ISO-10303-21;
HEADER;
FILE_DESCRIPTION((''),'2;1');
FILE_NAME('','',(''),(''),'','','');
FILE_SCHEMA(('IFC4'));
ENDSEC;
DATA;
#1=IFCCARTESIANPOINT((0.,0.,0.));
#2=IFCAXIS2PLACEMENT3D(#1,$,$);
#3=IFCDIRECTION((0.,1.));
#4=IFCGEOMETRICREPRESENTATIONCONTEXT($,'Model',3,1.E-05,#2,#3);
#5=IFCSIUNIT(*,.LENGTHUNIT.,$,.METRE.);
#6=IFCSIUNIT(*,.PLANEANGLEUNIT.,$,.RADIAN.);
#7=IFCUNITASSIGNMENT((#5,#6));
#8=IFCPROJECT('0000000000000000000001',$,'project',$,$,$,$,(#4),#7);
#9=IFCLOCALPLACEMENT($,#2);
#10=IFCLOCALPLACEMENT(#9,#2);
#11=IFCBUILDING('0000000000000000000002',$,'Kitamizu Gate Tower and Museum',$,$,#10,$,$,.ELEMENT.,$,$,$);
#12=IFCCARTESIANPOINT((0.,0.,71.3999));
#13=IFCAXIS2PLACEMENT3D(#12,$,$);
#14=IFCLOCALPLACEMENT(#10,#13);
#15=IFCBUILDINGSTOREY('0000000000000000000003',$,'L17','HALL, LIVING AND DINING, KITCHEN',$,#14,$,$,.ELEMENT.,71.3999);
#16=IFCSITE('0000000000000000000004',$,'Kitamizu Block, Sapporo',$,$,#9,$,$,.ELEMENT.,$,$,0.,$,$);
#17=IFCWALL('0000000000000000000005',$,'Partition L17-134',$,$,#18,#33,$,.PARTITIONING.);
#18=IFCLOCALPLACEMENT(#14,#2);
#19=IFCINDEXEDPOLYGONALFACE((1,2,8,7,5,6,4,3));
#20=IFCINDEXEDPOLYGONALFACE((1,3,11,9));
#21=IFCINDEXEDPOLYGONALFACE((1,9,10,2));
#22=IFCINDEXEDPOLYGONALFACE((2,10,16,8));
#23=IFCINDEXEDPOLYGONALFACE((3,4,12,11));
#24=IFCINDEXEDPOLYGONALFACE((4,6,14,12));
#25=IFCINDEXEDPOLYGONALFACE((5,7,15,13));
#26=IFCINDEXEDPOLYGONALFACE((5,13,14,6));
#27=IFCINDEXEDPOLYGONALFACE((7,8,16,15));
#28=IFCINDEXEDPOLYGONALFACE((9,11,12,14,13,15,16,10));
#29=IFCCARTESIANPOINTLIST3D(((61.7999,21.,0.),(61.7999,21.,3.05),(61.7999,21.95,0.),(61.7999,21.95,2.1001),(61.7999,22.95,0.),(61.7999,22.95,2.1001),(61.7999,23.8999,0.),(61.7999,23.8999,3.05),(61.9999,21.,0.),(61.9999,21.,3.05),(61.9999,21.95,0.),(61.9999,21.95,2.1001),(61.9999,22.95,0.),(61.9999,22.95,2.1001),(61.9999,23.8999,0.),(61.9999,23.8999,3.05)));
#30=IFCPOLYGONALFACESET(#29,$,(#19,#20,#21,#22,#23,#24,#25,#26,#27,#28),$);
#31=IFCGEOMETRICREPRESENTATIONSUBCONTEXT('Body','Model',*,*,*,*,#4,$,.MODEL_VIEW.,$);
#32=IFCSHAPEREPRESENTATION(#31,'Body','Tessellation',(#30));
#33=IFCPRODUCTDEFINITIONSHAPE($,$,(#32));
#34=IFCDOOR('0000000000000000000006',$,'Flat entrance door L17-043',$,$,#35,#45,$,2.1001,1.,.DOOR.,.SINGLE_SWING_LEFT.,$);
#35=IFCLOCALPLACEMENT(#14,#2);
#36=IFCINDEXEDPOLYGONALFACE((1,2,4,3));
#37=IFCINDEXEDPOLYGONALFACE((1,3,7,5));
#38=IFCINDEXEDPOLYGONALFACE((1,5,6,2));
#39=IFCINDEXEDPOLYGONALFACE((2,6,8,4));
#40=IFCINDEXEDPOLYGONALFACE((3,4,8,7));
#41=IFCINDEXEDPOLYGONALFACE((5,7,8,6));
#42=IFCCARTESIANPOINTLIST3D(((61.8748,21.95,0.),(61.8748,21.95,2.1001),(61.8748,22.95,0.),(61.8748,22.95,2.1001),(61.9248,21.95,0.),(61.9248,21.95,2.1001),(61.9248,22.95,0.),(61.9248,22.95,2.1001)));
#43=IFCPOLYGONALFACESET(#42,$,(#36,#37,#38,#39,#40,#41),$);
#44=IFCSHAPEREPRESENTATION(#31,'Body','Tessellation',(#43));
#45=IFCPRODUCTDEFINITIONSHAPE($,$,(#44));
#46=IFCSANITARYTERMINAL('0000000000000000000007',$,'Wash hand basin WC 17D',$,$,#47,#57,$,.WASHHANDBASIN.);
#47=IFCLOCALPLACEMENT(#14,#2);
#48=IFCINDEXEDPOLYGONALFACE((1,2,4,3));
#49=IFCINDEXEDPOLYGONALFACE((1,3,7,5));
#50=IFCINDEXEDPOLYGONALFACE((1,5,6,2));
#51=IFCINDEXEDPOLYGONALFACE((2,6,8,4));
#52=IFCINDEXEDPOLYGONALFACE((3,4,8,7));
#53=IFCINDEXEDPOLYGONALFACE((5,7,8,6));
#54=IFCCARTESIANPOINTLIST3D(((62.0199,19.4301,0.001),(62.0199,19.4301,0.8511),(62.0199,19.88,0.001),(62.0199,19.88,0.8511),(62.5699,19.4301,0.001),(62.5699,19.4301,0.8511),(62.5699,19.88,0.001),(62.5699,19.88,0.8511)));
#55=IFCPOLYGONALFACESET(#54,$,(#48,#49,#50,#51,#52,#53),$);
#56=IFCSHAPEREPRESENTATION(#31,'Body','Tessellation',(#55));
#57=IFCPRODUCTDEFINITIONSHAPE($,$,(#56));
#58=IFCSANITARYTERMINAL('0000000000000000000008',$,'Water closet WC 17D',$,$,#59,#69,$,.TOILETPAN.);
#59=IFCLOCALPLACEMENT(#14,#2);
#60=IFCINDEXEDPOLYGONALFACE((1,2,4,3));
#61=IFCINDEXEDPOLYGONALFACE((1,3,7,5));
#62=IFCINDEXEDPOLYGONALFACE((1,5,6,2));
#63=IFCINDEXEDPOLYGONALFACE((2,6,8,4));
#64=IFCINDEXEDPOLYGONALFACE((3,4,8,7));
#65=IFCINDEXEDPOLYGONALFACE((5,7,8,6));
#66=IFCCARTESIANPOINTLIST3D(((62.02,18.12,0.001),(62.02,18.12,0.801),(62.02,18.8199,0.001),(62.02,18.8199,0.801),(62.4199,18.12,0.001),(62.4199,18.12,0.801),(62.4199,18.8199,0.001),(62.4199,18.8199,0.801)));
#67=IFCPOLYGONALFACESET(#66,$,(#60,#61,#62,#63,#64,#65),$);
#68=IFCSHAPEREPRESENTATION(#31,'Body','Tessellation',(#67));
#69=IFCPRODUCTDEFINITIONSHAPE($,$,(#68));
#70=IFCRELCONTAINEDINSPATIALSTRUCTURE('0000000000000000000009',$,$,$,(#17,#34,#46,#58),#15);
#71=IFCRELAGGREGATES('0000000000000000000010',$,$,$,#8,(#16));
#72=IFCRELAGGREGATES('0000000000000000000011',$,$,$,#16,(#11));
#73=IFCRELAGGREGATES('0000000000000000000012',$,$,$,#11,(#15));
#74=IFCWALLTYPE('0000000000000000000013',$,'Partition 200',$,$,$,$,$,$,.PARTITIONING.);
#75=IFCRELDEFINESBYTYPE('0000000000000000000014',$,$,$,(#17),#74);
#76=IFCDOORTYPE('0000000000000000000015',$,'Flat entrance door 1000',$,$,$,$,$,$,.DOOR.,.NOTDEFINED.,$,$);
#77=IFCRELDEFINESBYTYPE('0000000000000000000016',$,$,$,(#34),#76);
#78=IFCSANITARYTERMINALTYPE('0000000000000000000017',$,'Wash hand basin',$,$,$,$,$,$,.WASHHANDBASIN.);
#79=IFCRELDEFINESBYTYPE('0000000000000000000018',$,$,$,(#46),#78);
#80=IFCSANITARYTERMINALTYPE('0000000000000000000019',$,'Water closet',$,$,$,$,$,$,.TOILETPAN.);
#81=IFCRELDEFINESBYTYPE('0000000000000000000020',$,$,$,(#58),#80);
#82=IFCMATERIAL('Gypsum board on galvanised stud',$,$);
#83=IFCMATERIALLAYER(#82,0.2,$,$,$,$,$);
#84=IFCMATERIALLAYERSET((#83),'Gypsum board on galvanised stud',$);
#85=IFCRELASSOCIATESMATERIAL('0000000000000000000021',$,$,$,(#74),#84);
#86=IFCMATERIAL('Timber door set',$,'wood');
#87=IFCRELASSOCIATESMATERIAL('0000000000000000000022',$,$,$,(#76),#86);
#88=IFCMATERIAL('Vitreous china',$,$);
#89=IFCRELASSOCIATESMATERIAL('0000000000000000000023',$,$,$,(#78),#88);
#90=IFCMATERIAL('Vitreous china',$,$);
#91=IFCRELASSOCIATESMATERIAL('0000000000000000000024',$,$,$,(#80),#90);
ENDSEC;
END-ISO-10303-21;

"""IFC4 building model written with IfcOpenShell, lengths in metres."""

from ifc_helpers import new_model, si_unit, direction, frame, frame_2d, origin, origin_2d, place, context, subcontext, project, spatial, rectangle, extrude, material, layer, layer_set, type_object, element, fill, save


model = new_model("IFC4")

# Units and contexts
model_context = context("Model", 3, precision=1e-05, world=origin(), true_north=direction((0.0, 1.0)))
body_context = subcontext(model_context, "Body", "Model", "MODEL_VIEW")
ifc_project = project(units=[si_unit("LENGTHUNIT", "METRE"), si_unit("PLANEANGLEUNIT", "RADIAN")], contexts=[model_context])

# Site, building, storey
site_placement = place(None, origin())
site = spatial("IfcSite", under=ifc_project, at=site_placement, Name="Kitamizu Block, Sapporo", CompositionType="ELEMENT", RefElevation=0.0)
building_placement = place(site_placement, origin())
building = spatial("IfcBuilding", under=site, at=building_placement, Name="Kitamizu Gate Tower and Museum", CompositionType="ELEMENT")
storey_placement = place(building_placement, frame((0.0, 0.0, 71.3999)))
storey = spatial("IfcBuildingStorey", under=building, at=storey_placement, Name="L17", Description="HALL, LIVING AND DINING, KITCHEN", CompositionType="ELEMENT", Elevation=71.3999)

# Shared definitions
ifc_material_1 = material(Name="Gypsum board on galvanised stud")
ifc_layer_1 = layer(ifc_material_1, 0.2)
ifc_layer_set_1 = layer_set([ifc_layer_1], Name="Gypsum board on galvanised stud")
wall_type_1 = type_object("IfcWallType", Name="Partition 200", PredefinedType="PARTITIONING", material=ifc_layer_set_1)
ifc_material_2 = material(Name="Timber door set", Category="wood")
door_type_1 = type_object("IfcDoorType", Name="Flat entrance door 1000", OperationType="NOTDEFINED", PredefinedType="DOOR", material=ifc_material_2)

# Wall, opening, door
wall_1_placement = place(storey_placement, frame((61.8999, 23.8999, 0.0), z_axis=(0.0, 0.0, 1.0), x_axis=(0.0, -1.0, 0.0)))
wall_1 = element("IfcWall", 1, at=wall_1_placement, inside=storey, type_object=wall_type_1, Name="Partition L17-134", PredefinedType="PARTITIONING", context=body_context, shape_type="SweptSolid", body=[
    extrude(rectangle(XDim=2.8999, YDim=0.2, at=frame_2d((1.45, 0.0))), origin(), (0.0, 0.0, 1.0), 3.05),
])
opening_1_placement = place(wall_1_placement, frame((0.95, 0.0, 0.0)))
opening_1 = element("IfcOpeningElement", 2, at=opening_1_placement, cuts=wall_1, PredefinedType="OPENING", context=body_context, shape_type="SweptSolid", body=[
    extrude(rectangle(XDim=1.0, YDim=2.1001, at=frame_2d((0.5, 1.05))), frame((0.0, 0.1099, 0.0), z_axis=(0.0, -1.0, 0.0), x_axis=(1.0, 0.0, 0.0)), (0.0, 0.0, 1.0), 0.22),
])
door_1_placement = place(opening_1_placement, origin())
door_1 = element("IfcDoor", 3, at=door_1_placement, inside=storey, type_object=door_type_1, Name="Flat entrance door L17-043", OperationType="SINGLE_SWING_LEFT", OverallHeight=2.1001, OverallWidth=1.0, PredefinedType="DOOR", context=body_context, shape_type="SweptSolid", body=[
    extrude(rectangle(XDim=1.0, YDim=2.1001, at=frame_2d((0.5, 1.05))), frame((0.0, 0.0249, 0.0), z_axis=(0.0, -1.0, 0.0), x_axis=(1.0, 0.0, 0.0)), (0.0, 0.0, 1.0), 0.05),
])
fill(opening_1, door_1)

# Sanitary terminals
ifc_material_3 = material(Name="Vitreous china")
sanitary_terminal_type_1 = type_object("IfcSanitaryTerminalType", Name="Wash hand basin", PredefinedType="WASHHANDBASIN", material=ifc_material_3)
sanitary_terminal_1_placement = place(storey_placement, frame((62.2949, 19.655, 0.001), z_axis=(0.0, 0.0, 1.0), x_axis=(1.0, 0.0, 0.0)))
element("IfcSanitaryTerminal", 4, at=sanitary_terminal_1_placement, inside=storey, type_object=sanitary_terminal_type_1, Name="Wash hand basin WC 17D", PredefinedType="WASHHANDBASIN", context=body_context, shape_type="SweptSolid", body=[
    extrude(rectangle(XDim=0.55, YDim=0.45, at=origin_2d()), origin(), (0.0, 0.0, 1.0), 0.8501),
])
ifc_material_4 = material(Name="Vitreous china")
sanitary_terminal_type_2 = type_object("IfcSanitaryTerminalType", Name="Water closet", PredefinedType="TOILETPAN", material=ifc_material_4)
sanitary_terminal_2_placement = place(storey_placement, frame((62.22, 18.47, 0.001), z_axis=(0.0, 0.0, 1.0), x_axis=(1.0, 0.0, 0.0)))
element("IfcSanitaryTerminal", 5, at=sanitary_terminal_2_placement, inside=storey, type_object=sanitary_terminal_type_2, Name="Water closet WC 17D", PredefinedType="TOILETPAN", context=body_context, shape_type="SweptSolid", body=[
    extrude(rectangle(XDim=0.3999, YDim=0.7, at=origin_2d()), origin(), (0.0, 0.0, 1.0), 0.8),
])

save(model, "model.ifc")
